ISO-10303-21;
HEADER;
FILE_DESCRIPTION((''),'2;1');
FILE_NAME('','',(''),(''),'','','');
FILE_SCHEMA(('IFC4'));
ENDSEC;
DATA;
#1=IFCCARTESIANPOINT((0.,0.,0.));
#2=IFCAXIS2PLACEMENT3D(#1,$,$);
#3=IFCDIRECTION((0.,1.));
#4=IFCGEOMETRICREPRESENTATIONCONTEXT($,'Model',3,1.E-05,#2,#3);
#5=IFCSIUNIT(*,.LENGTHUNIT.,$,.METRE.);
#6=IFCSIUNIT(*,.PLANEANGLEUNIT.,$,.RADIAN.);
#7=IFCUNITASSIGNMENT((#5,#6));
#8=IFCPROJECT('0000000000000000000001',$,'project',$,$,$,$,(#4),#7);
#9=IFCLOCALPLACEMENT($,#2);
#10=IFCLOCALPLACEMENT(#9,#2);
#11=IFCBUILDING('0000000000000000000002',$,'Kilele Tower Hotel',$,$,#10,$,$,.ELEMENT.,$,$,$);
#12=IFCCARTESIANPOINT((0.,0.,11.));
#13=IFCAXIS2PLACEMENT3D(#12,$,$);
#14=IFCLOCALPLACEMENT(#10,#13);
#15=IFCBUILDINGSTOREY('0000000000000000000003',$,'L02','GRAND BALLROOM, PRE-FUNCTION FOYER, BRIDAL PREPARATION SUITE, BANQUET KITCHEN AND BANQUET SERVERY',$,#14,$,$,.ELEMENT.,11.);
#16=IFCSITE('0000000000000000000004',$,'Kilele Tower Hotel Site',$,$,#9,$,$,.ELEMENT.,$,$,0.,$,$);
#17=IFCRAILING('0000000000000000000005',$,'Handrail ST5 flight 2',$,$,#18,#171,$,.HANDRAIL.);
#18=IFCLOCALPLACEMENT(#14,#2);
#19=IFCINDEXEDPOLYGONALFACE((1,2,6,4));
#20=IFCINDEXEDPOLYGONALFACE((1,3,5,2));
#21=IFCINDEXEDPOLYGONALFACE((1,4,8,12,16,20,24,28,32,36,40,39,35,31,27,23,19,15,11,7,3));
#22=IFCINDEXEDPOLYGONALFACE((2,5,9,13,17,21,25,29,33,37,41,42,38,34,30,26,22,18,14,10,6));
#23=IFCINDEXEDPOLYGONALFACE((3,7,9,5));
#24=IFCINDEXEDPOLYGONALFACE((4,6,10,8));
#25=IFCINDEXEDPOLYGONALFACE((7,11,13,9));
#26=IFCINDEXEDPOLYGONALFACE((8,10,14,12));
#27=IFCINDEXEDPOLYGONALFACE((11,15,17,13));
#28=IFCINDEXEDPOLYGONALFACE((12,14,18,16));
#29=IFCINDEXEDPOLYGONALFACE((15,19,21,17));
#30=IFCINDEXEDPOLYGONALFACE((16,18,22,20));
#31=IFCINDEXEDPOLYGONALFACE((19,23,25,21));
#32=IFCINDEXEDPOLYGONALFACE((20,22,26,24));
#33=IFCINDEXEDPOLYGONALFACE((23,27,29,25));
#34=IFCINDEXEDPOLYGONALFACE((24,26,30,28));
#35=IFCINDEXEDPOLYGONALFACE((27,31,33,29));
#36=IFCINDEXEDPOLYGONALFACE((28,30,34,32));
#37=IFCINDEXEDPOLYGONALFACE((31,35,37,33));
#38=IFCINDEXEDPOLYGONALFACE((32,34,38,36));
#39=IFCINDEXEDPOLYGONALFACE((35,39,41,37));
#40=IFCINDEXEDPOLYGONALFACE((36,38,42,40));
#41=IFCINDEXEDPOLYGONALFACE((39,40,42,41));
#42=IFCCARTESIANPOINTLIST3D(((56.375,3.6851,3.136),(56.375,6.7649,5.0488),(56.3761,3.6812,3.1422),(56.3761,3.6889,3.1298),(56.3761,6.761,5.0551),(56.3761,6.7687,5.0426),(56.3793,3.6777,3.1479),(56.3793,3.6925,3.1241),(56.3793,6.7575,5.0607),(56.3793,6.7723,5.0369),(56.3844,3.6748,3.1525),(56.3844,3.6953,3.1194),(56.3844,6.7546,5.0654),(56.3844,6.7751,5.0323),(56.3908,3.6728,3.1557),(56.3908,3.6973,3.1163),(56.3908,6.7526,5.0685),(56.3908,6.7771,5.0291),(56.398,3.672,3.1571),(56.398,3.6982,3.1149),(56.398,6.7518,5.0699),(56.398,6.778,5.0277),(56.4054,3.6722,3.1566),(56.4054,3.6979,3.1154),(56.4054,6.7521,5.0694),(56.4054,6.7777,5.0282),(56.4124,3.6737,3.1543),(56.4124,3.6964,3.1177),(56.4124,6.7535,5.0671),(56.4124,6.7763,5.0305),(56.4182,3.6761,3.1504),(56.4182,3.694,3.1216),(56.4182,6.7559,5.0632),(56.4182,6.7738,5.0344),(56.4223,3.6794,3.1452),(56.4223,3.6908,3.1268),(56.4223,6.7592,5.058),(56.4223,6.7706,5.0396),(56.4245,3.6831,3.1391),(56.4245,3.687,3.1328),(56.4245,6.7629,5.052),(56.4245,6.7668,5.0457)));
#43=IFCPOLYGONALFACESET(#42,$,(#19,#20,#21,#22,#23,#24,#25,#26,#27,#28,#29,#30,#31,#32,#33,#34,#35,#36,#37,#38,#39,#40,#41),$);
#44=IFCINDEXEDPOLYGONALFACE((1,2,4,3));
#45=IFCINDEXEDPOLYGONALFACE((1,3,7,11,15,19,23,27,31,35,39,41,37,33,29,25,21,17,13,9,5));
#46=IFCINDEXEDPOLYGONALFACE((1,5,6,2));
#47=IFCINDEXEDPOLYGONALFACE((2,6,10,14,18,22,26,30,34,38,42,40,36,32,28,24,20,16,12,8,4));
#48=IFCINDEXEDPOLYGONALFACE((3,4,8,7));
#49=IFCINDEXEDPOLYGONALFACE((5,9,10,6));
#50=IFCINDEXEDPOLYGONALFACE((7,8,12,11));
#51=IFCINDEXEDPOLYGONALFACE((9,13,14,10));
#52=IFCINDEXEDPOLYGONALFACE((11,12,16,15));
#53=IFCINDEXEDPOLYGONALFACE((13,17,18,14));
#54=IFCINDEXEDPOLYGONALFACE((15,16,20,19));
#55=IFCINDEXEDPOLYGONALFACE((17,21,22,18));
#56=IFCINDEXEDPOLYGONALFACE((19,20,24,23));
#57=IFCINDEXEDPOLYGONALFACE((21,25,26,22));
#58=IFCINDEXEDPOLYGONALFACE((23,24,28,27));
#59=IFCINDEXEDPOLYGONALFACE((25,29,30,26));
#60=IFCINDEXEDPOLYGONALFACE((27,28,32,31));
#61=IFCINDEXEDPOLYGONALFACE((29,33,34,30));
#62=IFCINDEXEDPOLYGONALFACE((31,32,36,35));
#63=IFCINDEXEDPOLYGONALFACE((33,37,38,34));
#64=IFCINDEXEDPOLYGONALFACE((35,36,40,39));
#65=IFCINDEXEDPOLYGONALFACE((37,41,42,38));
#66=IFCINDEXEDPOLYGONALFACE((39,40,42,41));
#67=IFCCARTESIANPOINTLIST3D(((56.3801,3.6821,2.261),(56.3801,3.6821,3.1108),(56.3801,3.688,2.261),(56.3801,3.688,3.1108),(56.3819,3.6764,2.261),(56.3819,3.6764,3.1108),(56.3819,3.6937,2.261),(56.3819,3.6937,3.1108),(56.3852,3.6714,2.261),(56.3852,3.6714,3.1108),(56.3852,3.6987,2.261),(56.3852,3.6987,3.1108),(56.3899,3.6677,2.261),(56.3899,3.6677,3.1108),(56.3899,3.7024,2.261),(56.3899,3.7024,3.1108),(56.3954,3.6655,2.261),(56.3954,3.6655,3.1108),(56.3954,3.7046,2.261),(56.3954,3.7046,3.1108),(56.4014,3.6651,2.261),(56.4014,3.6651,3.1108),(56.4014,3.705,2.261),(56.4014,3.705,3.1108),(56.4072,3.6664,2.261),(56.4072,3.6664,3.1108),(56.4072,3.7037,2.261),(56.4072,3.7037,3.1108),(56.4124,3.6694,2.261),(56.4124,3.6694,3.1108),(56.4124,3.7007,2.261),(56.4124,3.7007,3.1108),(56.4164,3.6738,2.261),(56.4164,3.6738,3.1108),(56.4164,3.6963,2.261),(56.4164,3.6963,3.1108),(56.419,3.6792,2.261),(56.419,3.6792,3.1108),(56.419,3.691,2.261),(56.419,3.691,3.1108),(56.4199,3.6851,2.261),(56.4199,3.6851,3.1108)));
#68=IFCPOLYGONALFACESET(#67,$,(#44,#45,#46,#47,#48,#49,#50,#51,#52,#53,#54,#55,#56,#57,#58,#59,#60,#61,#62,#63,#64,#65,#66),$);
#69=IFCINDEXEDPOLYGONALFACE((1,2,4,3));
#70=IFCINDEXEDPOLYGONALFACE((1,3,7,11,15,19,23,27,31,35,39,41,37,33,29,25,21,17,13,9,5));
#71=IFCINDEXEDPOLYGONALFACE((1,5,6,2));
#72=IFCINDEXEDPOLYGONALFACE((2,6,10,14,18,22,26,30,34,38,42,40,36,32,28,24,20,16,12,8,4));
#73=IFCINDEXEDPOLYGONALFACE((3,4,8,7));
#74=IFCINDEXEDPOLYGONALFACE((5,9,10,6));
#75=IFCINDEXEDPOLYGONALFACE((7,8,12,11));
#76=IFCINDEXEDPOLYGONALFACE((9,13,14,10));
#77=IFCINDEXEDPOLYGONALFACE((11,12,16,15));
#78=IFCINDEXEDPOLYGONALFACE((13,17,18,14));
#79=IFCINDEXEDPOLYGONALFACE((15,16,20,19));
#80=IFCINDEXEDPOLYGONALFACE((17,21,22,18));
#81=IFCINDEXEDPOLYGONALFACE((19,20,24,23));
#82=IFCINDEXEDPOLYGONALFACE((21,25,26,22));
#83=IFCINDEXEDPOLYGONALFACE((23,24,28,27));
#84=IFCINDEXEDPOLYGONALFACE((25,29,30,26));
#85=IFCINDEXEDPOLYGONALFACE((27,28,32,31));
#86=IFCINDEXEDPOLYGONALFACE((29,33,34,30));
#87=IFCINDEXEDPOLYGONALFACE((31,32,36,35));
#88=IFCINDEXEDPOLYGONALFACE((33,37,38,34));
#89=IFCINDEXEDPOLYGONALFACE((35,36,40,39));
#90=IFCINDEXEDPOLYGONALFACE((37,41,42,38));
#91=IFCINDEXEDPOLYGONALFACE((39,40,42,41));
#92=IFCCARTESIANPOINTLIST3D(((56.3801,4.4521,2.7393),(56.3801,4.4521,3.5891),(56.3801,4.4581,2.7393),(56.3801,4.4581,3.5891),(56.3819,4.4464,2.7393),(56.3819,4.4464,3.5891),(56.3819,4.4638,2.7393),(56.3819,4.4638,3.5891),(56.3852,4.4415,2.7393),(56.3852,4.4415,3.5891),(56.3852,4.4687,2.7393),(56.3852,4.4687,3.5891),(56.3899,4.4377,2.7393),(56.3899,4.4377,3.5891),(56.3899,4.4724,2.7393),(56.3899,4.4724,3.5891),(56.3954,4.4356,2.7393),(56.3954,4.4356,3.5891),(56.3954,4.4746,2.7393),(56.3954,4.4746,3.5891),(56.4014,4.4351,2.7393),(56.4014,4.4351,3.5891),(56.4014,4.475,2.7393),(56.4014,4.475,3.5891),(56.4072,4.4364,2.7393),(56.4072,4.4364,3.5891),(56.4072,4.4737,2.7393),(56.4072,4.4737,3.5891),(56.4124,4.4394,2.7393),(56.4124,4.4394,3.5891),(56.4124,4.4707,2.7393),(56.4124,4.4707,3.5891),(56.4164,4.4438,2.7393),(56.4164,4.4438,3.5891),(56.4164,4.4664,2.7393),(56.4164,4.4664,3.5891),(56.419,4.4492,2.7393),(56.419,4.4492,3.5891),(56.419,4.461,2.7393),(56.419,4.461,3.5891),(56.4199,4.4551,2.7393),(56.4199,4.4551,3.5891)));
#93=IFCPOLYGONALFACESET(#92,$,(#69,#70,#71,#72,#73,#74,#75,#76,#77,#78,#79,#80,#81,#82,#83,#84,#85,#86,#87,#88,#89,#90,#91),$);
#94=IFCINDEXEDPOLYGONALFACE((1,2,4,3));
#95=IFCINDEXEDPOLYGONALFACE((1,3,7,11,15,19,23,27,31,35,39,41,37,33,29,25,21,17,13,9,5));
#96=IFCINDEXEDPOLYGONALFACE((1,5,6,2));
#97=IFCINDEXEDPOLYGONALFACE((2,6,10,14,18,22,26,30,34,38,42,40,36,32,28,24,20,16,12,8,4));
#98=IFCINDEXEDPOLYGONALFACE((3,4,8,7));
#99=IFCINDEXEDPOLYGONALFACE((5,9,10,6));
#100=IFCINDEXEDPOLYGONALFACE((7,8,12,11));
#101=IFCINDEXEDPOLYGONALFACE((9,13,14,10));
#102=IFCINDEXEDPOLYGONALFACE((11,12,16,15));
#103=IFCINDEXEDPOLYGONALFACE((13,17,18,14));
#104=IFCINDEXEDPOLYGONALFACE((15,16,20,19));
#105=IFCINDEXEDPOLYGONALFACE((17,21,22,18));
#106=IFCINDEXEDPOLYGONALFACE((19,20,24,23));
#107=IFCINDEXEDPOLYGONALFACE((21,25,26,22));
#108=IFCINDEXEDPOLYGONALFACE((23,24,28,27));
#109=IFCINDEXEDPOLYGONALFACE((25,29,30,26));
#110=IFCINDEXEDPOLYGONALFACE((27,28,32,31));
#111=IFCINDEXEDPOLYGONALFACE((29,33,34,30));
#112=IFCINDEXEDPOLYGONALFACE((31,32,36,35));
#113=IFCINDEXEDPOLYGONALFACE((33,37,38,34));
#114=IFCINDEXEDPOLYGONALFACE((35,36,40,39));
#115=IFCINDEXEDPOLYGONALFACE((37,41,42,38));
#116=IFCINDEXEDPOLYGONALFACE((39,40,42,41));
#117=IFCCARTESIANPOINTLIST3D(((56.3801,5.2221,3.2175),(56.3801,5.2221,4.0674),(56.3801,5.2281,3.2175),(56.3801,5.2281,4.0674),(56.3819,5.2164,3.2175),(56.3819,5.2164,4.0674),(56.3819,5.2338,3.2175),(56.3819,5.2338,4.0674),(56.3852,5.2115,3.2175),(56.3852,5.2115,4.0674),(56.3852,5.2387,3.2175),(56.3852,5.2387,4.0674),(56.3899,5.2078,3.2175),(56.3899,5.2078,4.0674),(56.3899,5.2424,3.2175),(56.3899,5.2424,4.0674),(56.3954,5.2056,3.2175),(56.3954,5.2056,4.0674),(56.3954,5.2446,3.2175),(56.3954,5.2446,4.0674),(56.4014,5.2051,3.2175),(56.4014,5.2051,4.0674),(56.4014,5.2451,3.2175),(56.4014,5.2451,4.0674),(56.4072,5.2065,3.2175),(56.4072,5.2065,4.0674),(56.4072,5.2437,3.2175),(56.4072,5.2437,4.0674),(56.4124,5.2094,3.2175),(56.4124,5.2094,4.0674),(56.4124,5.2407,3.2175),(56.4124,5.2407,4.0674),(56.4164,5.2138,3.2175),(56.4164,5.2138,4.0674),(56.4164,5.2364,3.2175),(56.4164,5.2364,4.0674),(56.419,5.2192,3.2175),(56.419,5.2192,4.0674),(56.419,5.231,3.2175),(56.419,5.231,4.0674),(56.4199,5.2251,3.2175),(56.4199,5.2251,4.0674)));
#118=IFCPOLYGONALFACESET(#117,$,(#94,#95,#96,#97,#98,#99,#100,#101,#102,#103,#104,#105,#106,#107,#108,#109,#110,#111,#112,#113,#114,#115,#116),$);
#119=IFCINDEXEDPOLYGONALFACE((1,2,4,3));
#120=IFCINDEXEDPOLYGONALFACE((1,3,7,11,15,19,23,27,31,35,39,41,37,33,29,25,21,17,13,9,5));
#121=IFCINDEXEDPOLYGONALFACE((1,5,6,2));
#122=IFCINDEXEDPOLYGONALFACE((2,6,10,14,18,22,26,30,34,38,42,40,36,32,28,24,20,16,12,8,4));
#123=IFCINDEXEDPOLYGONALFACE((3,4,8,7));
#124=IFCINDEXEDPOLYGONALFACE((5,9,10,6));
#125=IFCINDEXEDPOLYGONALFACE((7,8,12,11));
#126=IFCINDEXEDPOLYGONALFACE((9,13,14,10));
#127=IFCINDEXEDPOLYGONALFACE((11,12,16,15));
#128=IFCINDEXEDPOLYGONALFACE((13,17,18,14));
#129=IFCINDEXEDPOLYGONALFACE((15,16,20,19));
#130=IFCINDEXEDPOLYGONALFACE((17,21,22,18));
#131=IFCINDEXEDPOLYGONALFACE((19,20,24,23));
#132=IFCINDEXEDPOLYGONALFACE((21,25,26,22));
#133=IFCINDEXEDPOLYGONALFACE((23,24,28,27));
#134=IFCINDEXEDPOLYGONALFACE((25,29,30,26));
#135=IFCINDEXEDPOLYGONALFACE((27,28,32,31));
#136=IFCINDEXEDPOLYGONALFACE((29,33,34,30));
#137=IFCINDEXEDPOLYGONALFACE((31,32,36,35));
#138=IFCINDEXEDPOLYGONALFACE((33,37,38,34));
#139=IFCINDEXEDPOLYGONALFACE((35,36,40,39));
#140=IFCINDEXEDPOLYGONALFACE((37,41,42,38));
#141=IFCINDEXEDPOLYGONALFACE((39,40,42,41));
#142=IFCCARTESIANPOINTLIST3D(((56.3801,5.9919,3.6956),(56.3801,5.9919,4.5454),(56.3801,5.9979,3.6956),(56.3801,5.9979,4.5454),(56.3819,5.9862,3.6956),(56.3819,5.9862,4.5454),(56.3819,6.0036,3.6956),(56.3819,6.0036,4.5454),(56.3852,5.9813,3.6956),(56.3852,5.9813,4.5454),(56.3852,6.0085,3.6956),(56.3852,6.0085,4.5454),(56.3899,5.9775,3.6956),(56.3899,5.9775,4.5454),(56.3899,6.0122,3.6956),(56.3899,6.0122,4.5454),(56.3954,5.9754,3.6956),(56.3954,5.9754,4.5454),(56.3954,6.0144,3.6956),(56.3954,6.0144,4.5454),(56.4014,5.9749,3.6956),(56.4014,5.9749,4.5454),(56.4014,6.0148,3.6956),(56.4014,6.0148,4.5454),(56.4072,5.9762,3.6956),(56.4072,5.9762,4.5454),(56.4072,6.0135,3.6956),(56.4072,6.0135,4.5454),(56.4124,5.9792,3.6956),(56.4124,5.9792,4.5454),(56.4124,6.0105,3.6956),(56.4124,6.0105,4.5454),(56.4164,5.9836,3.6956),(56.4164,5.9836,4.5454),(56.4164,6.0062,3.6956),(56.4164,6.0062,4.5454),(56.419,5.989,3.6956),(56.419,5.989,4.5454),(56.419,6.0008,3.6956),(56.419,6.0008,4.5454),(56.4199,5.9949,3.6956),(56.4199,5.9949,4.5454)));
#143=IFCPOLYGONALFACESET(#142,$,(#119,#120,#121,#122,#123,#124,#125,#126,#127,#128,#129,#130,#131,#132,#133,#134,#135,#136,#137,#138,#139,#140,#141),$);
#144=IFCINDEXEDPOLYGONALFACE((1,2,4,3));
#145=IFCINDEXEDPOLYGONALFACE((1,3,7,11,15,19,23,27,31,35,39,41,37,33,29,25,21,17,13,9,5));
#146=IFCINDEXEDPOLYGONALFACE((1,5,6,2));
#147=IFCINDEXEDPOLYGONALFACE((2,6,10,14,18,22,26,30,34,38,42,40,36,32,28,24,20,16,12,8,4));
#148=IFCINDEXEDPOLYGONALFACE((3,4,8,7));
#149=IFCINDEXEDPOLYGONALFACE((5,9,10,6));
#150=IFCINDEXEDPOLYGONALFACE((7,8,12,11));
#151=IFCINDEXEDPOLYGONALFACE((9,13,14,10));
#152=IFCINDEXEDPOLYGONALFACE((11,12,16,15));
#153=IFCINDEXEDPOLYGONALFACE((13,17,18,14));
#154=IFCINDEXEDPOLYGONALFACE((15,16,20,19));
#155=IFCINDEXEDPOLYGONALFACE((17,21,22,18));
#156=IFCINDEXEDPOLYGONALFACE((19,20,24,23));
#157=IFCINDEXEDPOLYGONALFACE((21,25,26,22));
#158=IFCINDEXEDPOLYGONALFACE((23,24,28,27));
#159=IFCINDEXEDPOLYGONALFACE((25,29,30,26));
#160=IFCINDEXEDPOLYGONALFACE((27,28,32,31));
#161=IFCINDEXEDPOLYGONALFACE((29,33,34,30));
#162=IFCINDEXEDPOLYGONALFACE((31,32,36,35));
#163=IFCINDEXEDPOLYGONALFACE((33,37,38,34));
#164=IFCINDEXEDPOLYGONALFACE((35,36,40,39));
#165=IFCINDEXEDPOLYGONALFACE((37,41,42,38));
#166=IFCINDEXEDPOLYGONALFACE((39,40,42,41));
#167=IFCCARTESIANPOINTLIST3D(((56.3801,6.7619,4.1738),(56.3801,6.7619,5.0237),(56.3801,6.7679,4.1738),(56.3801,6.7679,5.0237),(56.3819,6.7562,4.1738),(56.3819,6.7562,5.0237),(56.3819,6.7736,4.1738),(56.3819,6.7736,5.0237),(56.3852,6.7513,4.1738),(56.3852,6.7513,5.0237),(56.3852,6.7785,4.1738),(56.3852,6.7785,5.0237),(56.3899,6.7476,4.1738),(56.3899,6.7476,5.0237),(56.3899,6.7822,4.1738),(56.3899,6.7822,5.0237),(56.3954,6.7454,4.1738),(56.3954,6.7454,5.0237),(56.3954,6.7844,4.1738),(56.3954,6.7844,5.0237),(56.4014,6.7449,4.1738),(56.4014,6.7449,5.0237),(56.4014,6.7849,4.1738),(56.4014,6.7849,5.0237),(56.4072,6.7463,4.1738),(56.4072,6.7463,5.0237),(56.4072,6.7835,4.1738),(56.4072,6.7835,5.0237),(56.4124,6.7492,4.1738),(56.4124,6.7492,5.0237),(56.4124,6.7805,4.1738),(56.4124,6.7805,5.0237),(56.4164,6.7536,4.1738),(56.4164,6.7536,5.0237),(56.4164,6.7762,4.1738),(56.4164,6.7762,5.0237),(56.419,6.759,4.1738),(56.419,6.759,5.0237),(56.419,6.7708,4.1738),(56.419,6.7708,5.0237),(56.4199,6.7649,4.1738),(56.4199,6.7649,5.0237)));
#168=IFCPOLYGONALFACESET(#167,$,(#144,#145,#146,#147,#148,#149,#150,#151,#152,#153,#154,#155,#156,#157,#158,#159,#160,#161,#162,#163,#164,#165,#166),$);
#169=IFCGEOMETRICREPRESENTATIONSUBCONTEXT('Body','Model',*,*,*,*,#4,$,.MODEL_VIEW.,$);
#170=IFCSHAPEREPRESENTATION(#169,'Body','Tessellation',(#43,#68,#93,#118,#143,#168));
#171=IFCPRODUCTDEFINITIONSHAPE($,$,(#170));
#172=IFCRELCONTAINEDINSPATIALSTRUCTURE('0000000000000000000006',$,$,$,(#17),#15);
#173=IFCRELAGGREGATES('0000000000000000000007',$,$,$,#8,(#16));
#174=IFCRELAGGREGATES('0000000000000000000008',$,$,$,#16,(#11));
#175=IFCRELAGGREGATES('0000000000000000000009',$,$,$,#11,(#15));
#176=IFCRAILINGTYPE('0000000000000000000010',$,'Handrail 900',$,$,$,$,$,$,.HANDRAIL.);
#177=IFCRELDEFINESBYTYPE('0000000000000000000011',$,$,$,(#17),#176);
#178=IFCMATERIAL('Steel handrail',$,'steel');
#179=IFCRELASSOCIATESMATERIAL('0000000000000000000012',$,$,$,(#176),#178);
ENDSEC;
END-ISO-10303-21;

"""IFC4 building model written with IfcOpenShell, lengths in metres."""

from ifc_helpers import new_model, si_unit, direction, frame, origin, origin_2d, place, context, subcontext, project, spatial, circle, extrude, material, type_object, element, save


model = new_model("IFC4")

# Units and contexts
model_context = context("Model", 3, precision=1e-05, world=origin(), true_north=direction((0.0, 1.0)))
body_context = subcontext(model_context, "Body", "Model", "MODEL_VIEW")
ifc_project = project(units=[si_unit("LENGTHUNIT", "METRE"), si_unit("PLANEANGLEUNIT", "RADIAN")], contexts=[model_context])

# Site, building, storey
site_placement = place(None, origin())
site = spatial("IfcSite", under=ifc_project, at=site_placement, Name="Kilele Tower Hotel Site", CompositionType="ELEMENT", RefElevation=0.0)
building_placement = place(site_placement, origin())
building = spatial("IfcBuilding", under=site, at=building_placement, Name="Kilele Tower Hotel", CompositionType="ELEMENT")
storey_placement = place(building_placement, frame((0.0, 0.0, 11.0)))
storey = spatial("IfcBuildingStorey", under=building, at=storey_placement, Name="L02", Description="GRAND BALLROOM, PRE-FUNCTION FOYER, BRIDAL PREPARATION SUITE, BANQUET KITCHEN AND BANQUET SERVERY", CompositionType="ELEMENT", Elevation=11.0)

# Railing
ifc_material_1 = material(Name="Steel handrail", Category="steel")
railing_type_1 = type_object("IfcRailingType", Name="Handrail 900", PredefinedType="HANDRAIL", material=ifc_material_1)
for number, where, name in (
    (1, (56.3999, 3.6851, 2.261), "Handrail ST5 flight 2"),
):
    element("IfcRailing", number, at=place(storey_placement, frame(where)), inside=storey, type_object=railing_type_1, Name=name, PredefinedType="HANDRAIL", context=body_context, shape_type="SweptSolid", body=[
        extrude(circle(Radius=0.0249, at=origin_2d()), frame((0.0, 0.0, 0.875), z_axis=(0.0, 0.849489, 0.527606), x_axis=(-1.0, 0.0, 0.0)), (0.0, 0.0, 1.0), 3.6255),
        extrude(circle(Radius=0.02, at=origin_2d()), origin(), (0.0, 0.0, 1.0), 0.8499),
        extrude(circle(Radius=0.02, at=origin_2d()), frame((0.0, 0.77, 0.4783)), (0.0, 0.0, 1.0), 0.8499),
        extrude(circle(Radius=0.02, at=origin_2d()), frame((0.0, 1.54, 0.9565)), (0.0, 0.0, 1.0), 0.8499),
        extrude(circle(Radius=0.02, at=origin_2d()), frame((0.0, 2.3098, 1.4346)), (0.0, 0.0, 1.0), 0.8499),
        extrude(circle(Radius=0.02, at=origin_2d()), frame((0.0, 3.0798, 1.9128)), (0.0, 0.0, 1.0), 0.8499),
    ])

save(model, "model.ifc")
